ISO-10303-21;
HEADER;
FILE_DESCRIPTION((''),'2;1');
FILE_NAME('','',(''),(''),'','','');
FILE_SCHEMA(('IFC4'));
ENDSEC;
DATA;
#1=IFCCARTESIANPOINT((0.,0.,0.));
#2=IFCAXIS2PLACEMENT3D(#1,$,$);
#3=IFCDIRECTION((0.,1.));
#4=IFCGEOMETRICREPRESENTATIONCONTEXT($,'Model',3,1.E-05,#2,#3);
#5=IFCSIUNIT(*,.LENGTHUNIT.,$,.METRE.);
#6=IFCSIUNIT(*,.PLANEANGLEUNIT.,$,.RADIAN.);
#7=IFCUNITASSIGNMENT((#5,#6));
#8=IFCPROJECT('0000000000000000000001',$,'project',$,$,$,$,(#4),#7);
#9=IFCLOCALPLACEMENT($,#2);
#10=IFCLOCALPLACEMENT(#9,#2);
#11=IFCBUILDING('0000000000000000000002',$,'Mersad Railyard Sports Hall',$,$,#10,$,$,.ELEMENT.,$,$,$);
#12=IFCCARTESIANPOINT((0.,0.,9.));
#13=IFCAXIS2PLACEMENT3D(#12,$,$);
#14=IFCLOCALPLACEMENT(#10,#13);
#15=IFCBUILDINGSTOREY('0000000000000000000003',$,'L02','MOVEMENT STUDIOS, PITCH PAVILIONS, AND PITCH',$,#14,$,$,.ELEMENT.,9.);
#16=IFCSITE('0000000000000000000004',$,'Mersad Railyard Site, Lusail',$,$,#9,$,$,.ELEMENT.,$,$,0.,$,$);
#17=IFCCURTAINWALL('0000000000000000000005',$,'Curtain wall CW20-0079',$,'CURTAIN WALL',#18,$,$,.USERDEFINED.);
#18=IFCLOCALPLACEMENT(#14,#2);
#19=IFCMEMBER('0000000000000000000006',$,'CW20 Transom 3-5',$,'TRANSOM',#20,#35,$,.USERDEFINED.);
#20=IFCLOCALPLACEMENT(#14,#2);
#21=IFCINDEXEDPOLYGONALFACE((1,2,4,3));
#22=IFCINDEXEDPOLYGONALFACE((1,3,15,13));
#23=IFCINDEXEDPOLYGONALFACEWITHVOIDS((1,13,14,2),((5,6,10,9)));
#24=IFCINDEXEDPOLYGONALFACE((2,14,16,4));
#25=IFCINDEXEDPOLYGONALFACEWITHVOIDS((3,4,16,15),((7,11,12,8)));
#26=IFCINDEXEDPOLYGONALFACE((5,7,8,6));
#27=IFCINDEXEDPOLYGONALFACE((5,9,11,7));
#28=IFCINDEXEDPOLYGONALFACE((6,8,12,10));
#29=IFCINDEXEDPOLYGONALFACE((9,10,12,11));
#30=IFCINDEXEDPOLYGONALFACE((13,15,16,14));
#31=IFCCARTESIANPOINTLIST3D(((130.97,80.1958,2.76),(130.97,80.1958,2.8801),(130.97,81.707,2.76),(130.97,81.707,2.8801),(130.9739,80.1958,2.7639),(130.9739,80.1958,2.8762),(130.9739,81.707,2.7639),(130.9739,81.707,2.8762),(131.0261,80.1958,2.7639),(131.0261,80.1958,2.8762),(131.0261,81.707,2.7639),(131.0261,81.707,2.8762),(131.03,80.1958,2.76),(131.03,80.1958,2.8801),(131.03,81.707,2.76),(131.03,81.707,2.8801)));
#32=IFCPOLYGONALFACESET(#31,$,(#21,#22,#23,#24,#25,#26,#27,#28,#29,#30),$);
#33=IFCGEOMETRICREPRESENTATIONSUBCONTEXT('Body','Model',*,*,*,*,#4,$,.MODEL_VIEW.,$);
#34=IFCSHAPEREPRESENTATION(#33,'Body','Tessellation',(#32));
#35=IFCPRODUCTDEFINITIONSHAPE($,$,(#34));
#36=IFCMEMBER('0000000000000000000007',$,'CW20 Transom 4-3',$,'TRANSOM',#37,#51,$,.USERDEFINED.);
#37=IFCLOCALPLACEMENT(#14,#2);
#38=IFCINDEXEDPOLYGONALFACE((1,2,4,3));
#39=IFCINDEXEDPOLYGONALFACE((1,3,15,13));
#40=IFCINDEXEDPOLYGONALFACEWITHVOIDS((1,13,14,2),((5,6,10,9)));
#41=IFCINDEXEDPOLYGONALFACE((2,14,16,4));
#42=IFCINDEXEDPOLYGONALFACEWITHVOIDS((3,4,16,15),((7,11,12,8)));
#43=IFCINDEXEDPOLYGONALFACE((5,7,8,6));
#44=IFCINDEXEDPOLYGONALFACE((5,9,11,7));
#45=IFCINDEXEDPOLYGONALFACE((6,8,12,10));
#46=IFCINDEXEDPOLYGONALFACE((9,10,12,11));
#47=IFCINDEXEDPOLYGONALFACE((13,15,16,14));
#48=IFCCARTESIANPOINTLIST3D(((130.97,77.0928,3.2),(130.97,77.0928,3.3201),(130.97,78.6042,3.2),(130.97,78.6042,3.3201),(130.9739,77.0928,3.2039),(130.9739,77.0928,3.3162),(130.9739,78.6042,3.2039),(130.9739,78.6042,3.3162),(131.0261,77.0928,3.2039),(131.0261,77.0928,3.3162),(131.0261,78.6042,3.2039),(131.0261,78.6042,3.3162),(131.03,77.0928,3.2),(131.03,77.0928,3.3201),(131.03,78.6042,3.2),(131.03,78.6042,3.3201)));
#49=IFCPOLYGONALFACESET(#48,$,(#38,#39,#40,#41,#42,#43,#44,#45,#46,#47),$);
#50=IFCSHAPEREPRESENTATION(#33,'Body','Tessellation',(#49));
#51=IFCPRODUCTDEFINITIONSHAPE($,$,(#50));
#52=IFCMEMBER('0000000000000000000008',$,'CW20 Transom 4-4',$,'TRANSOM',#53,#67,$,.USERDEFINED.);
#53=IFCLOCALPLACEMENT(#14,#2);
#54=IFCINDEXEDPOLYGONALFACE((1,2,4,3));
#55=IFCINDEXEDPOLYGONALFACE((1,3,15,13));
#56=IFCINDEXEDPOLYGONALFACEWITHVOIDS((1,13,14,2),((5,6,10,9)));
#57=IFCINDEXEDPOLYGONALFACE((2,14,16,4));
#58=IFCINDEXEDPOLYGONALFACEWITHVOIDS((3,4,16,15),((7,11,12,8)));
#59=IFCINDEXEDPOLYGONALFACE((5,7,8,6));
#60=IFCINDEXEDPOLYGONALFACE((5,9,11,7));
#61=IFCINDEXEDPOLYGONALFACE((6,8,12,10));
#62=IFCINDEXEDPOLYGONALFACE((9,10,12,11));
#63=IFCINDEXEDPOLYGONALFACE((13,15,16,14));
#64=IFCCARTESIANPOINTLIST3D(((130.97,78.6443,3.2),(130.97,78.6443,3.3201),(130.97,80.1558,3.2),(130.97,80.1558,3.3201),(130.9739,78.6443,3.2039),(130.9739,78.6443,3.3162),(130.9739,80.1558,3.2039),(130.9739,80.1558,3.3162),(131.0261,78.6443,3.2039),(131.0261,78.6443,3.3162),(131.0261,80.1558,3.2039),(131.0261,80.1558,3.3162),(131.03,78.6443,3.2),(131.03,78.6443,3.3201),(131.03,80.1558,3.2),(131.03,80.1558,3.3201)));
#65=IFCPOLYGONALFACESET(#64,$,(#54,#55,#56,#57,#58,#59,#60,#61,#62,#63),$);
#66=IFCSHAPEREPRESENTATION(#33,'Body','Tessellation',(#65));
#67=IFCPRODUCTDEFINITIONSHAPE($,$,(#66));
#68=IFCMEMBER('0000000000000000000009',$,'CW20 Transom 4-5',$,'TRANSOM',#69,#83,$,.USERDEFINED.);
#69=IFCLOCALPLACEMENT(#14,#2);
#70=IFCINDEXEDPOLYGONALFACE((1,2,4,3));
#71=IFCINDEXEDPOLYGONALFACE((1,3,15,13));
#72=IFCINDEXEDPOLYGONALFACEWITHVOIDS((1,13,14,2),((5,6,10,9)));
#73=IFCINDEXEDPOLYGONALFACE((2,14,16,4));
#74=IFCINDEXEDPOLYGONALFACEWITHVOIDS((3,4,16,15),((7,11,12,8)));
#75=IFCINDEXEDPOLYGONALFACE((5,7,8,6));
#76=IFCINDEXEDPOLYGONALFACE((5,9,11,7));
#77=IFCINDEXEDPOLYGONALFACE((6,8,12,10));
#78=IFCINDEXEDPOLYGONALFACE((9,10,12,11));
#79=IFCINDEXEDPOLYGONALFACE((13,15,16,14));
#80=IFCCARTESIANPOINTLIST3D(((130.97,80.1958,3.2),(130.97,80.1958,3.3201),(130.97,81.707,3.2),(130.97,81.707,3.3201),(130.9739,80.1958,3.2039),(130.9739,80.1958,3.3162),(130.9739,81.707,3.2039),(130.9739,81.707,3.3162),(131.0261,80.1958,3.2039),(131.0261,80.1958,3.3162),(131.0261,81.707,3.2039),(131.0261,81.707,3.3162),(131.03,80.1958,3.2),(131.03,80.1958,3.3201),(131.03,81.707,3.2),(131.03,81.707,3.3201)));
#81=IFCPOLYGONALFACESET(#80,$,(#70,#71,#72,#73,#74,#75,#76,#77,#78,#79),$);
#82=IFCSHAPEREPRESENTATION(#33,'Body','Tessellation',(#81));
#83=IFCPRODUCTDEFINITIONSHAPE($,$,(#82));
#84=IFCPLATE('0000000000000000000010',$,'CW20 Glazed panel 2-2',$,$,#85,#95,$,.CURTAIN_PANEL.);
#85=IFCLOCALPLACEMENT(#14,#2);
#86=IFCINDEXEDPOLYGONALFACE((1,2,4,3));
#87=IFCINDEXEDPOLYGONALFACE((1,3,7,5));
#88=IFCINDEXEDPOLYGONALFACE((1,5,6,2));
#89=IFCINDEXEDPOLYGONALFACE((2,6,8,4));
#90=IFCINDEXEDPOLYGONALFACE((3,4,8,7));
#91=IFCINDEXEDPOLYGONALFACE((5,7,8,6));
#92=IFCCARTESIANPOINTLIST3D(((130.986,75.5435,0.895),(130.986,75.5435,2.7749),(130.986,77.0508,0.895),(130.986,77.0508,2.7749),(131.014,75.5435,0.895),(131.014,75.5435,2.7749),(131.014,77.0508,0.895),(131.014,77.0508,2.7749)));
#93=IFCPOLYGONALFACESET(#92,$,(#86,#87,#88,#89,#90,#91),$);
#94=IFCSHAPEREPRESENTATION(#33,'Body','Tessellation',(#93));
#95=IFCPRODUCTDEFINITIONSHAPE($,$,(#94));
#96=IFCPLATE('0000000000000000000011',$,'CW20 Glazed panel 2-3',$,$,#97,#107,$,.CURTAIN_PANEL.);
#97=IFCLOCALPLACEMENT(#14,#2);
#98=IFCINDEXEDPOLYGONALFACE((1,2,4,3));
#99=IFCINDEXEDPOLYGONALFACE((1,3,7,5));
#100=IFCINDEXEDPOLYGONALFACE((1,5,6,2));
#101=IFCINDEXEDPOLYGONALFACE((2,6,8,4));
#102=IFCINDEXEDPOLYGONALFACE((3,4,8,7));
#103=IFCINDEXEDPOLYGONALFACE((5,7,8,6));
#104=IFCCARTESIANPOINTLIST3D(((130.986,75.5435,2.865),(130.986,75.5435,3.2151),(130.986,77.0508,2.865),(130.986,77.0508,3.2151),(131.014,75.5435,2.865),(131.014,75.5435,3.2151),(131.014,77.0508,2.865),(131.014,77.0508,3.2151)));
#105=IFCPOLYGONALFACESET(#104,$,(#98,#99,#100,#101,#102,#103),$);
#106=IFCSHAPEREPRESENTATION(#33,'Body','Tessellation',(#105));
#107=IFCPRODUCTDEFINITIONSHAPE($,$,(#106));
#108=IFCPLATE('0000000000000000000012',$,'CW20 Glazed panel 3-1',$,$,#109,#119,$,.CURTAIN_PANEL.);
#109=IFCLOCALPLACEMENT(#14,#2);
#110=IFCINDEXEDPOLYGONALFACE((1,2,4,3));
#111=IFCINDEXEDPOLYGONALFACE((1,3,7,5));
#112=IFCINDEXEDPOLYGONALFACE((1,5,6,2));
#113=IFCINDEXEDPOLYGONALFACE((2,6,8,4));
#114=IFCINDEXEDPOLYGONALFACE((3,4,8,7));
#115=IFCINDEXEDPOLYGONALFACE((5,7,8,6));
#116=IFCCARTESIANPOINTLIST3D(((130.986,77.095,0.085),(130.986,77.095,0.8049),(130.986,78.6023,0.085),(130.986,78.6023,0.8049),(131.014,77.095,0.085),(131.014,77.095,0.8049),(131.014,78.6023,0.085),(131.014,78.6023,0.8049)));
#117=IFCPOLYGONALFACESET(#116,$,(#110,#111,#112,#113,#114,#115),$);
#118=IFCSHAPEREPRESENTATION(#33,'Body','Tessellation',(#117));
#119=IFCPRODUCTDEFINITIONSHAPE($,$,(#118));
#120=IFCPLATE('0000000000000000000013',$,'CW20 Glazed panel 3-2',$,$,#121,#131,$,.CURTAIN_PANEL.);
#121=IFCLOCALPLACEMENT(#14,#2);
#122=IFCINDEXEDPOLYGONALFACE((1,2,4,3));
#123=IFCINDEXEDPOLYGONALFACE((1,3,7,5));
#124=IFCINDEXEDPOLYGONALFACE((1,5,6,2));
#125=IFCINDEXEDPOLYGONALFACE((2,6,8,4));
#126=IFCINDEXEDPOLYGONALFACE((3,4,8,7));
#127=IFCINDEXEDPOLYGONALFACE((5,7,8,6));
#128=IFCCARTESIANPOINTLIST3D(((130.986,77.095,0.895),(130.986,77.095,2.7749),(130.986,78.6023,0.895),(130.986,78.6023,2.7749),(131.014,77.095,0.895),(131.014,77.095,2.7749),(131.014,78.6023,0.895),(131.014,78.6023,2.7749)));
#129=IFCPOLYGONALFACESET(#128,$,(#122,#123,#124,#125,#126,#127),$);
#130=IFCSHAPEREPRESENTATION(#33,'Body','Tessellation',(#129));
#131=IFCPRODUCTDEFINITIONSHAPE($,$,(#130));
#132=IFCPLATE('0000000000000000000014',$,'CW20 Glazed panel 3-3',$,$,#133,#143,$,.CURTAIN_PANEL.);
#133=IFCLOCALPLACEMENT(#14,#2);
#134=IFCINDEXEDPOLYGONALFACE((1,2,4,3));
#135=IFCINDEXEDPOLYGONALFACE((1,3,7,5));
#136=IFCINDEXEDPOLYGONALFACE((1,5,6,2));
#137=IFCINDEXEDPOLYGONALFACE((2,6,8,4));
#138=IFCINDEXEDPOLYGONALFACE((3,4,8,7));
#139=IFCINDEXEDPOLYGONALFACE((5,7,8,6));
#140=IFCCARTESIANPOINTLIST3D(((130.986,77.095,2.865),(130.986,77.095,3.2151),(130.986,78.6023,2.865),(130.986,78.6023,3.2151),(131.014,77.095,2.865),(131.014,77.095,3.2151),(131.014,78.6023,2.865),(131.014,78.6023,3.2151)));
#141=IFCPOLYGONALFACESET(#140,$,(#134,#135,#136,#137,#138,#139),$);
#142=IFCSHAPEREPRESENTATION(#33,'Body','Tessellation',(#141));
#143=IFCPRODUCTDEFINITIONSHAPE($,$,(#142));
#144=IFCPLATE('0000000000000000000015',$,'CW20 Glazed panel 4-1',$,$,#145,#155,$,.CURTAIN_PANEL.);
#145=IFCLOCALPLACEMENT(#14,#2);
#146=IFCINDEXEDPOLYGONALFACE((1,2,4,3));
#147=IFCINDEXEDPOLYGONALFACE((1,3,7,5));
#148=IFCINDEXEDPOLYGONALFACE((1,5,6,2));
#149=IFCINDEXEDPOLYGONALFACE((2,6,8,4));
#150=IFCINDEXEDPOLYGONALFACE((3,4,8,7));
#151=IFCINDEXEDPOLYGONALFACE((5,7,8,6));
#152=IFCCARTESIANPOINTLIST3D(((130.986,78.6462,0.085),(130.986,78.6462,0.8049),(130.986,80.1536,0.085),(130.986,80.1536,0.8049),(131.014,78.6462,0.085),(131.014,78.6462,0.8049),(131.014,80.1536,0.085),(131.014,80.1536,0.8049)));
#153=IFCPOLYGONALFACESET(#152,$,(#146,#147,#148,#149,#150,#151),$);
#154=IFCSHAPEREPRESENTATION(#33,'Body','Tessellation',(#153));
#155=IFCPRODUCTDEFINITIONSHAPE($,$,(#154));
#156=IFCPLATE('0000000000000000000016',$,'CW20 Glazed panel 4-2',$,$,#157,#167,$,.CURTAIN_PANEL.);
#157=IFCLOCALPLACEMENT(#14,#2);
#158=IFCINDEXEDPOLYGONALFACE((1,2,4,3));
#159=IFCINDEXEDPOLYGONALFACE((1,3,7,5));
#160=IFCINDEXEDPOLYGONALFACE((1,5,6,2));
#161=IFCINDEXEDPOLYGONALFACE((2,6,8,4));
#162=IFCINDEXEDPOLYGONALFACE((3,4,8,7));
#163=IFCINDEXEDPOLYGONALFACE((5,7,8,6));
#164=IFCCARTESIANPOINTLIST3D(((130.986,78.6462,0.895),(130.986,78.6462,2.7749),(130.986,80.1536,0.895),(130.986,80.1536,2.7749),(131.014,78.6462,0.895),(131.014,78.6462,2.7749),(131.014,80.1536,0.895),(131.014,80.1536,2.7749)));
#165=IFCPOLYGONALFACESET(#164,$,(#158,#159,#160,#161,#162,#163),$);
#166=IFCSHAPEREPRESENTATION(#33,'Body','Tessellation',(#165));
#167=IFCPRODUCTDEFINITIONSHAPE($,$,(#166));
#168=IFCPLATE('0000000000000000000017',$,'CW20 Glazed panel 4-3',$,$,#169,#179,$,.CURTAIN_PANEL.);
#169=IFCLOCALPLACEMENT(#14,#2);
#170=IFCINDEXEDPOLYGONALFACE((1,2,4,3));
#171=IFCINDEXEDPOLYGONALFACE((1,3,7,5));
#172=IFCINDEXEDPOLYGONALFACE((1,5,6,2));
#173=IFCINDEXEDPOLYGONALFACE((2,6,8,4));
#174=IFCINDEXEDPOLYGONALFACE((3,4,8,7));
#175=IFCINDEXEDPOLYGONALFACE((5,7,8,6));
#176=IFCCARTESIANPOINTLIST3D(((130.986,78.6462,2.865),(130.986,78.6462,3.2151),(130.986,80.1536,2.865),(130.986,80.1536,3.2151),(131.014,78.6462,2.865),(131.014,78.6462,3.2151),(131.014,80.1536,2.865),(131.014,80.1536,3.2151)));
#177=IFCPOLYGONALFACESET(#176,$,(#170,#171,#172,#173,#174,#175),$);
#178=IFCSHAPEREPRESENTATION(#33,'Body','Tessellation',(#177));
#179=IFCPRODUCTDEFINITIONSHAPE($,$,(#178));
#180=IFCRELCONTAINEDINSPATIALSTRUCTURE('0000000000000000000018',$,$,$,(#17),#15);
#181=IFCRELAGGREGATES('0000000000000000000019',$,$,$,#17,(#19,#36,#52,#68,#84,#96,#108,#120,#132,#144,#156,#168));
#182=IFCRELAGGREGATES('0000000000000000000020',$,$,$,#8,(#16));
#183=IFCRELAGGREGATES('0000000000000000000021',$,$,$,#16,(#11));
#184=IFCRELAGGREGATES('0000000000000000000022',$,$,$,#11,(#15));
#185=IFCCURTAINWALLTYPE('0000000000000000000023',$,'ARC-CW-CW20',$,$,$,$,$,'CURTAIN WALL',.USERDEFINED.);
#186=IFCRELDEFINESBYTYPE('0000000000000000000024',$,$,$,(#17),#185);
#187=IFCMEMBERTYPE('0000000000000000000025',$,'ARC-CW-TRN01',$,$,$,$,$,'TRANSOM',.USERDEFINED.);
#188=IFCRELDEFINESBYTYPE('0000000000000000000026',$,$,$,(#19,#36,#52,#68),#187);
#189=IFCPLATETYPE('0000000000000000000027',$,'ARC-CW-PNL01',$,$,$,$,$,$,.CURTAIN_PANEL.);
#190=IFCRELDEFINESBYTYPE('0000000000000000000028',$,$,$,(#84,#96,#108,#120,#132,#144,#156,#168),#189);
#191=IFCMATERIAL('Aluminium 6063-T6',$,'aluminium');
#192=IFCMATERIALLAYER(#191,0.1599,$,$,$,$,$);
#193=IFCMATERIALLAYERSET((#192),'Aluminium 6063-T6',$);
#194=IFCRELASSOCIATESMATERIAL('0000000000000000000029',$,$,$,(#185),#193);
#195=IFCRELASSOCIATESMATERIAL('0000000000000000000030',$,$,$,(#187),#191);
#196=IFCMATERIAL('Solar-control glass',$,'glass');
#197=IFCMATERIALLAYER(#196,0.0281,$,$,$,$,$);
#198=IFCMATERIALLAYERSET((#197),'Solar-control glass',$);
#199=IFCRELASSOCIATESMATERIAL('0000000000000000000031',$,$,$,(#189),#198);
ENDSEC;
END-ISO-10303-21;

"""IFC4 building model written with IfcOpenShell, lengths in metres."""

from ifc_helpers import new_model, si_unit, direction, frame, origin, origin_2d, place, context, subcontext, project, spatial, rectangle, hollow_rectangle, extrude, material, layer, layer_set, material_profile, profile_set, type_object, element, aggregate, save


model = new_model("IFC4")

# Units and contexts
model_context = context("Model", 3, precision=1e-05, world=origin(), true_north=direction((0.0, 1.0)))
body_context = subcontext(model_context, "Body", "Model", "MODEL_VIEW")
ifc_project = project(units=[si_unit("LENGTHUNIT", "METRE"), si_unit("PLANEANGLEUNIT", "RADIAN")], contexts=[model_context])

# Site, building, storey
site_placement = place(None, origin())
site = spatial("IfcSite", under=ifc_project, at=site_placement, Name="Mersad Railyard Site, Lusail", CompositionType="ELEMENT", RefElevation=0.0)
building_placement = place(site_placement, origin())
building = spatial("IfcBuilding", under=site, at=building_placement, Name="Mersad Railyard Sports Hall", CompositionType="ELEMENT")
storey_placement = place(building_placement, frame((0.0, 0.0, 9.0)))
storey = spatial("IfcBuildingStorey", under=building, at=storey_placement, Name="L02", Description="MOVEMENT STUDIOS, PITCH PAVILIONS, AND PITCH", CompositionType="ELEMENT", Elevation=9.0)

# Curtain wall, members, plates
ifc_material_1 = material(Name="Aluminium 6063-T6", Category="aluminium")
ifc_layer_1 = layer(ifc_material_1, 0.1599)
ifc_layer_set_1 = layer_set([ifc_layer_1], Name="Aluminium 6063-T6")
curtain_wall_type = type_object("IfcCurtainWallType", Name="ARC-CW-CW20", ElementType="CURTAIN WALL", PredefinedType="USERDEFINED", material=ifc_layer_set_1)
curtain_wall_placement = place(storey_placement, origin())
curtain_wall = element("IfcCurtainWall", 1, at=curtain_wall_placement, inside=storey, type_object=curtain_wall_type, Name="Curtain wall CW20-0079", ObjectType="CURTAIN WALL", PredefinedType="USERDEFINED")
ifc_material_profile_1 = material_profile(ifc_material_1, hollow_rectangle(XDim=0.0601, YDim=0.1201, WallThickness=0.0039, at=origin_2d()), Name="AL TRANSOM 60x120x4")
ifc_profile_set_1 = profile_set([ifc_material_profile_1], Name="Aluminium 6063-T6")
member_type_1 = type_object("IfcMemberType", Name="ARC-CW-TRN01", ElementType="TRANSOM", PredefinedType="USERDEFINED", material=ifc_profile_set_1)
member_1_placement = place(storey_placement, frame((131.0, 80.1958, 2.8201), z_axis=(0.0, 1.0, 0.0), x_axis=(-1.0, 0.0, 0.0)))
member_1 = element("IfcMember", 2, at=member_1_placement, type_object=member_type_1, Name="CW20 Transom 3-5", ObjectType="TRANSOM", PredefinedType="USERDEFINED", context=body_context, shape_type="SweptSolid", body=[
    extrude(hollow_rectangle(XDim=0.0601, YDim=0.1201, WallThickness=0.0039, at=origin_2d()), origin(), (0.0, 0.0, 1.0), 1.5112),
])
member_2_placement = place(storey_placement, frame((131.0, 77.0928, 3.26), z_axis=(0.0, 1.0, 0.0), x_axis=(-1.0, 0.0, 0.0)))
member_2 = element("IfcMember", 3, at=member_2_placement, type_object=member_type_1, Name="CW20 Transom 4-3", ObjectType="TRANSOM", PredefinedType="USERDEFINED", context=body_context, shape_type="SweptSolid", body=[
    extrude(hollow_rectangle(XDim=0.0601, YDim=0.1201, WallThickness=0.0039, at=origin_2d()), origin(), (0.0, 0.0, 1.0), 1.5115),
])
member_3_placement = place(storey_placement, frame((131.0, 78.6443, 3.26), z_axis=(0.0, 1.0, 0.0), x_axis=(-1.0, 0.0, 0.0)))
member_3 = element("IfcMember", 4, at=member_3_placement, type_object=member_type_1, Name="CW20 Transom 4-4", ObjectType="TRANSOM", PredefinedType="USERDEFINED", context=body_context, shape_type="SweptSolid", body=[
    extrude(hollow_rectangle(XDim=0.0601, YDim=0.1201, WallThickness=0.0039, at=origin_2d()), origin(), (0.0, 0.0, 1.0), 1.5115),
])
member_4_placement = place(storey_placement, frame((131.0, 80.1958, 3.26), z_axis=(0.0, 1.0, 0.0), x_axis=(-1.0, 0.0, 0.0)))
member_4 = element("IfcMember", 5, at=member_4_placement, type_object=member_type_1, Name="CW20 Transom 4-5", ObjectType="TRANSOM", PredefinedType="USERDEFINED", context=body_context, shape_type="SweptSolid", body=[
    extrude(hollow_rectangle(XDim=0.0601, YDim=0.1201, WallThickness=0.0039, at=origin_2d()), origin(), (0.0, 0.0, 1.0), 1.5112),
])
ifc_material_2 = material(Name="Solar-control glass", Category="glass")
ifc_layer_2 = layer(ifc_material_2, 0.0281)
ifc_layer_set_2 = layer_set([ifc_layer_2], Name="Solar-control glass")
plate_type = type_object("IfcPlateType", Name="ARC-CW-PNL01", PredefinedType="CURTAIN_PANEL", material=ifc_layer_set_2)
plate_1_placement = place(storey_placement, frame((131.0, 76.2971, 0.895), z_axis=(0.0, 0.0, 1.0), x_axis=(0.0, 1.0, 0.0)))
plate_1 = element("IfcPlate", 6, at=plate_1_placement, type_object=plate_type, Name="CW20 Glazed panel 2-2", PredefinedType="CURTAIN_PANEL", context=body_context, shape_type="SweptSolid", body=[
    extrude(rectangle(XDim=1.5073, YDim=0.0281, at=origin_2d()), origin(), (0.0, 0.0, 1.0), 1.8799),
])
plate_2_placement = place(storey_placement, frame((131.0, 76.2971, 2.865), z_axis=(0.0, 0.0, 1.0), x_axis=(0.0, 1.0, 0.0)))
plate_2 = element("IfcPlate", 7, at=plate_2_placement, type_object=plate_type, Name="CW20 Glazed panel 2-3", PredefinedType="CURTAIN_PANEL", context=body_context, shape_type="SweptSolid", body=[
    extrude(rectangle(XDim=1.5073, YDim=0.0281, at=origin_2d()), origin(), (0.0, 0.0, 1.0), 0.3501),
])
plate_3_placement = place(storey_placement, frame((131.0, 77.8486, 0.085), z_axis=(0.0, 0.0, 1.0), x_axis=(0.0, 1.0, 0.0)))
plate_3 = element("IfcPlate", 8, at=plate_3_placement, type_object=plate_type, Name="CW20 Glazed panel 3-1", PredefinedType="CURTAIN_PANEL", context=body_context, shape_type="SweptSolid", body=[
    extrude(rectangle(XDim=1.5073, YDim=0.0281, at=origin_2d()), origin(), (0.0, 0.0, 1.0), 0.72),
])
plate_4_placement = place(storey_placement, frame((131.0, 77.8486, 0.895), z_axis=(0.0, 0.0, 1.0), x_axis=(0.0, 1.0, 0.0)))
plate_4 = element("IfcPlate", 9, at=plate_4_placement, type_object=plate_type, Name="CW20 Glazed panel 3-2", PredefinedType="CURTAIN_PANEL", context=body_context, shape_type="SweptSolid", body=[
    extrude(rectangle(XDim=1.5073, YDim=0.0281, at=origin_2d()), origin(), (0.0, 0.0, 1.0), 1.8799),
])
plate_5_placement = place(storey_placement, frame((131.0, 77.8486, 2.865), z_axis=(0.0, 0.0, 1.0), x_axis=(0.0, 1.0, 0.0)))
plate_5 = element("IfcPlate", 10, at=plate_5_placement, type_object=plate_type, Name="CW20 Glazed panel 3-3", PredefinedType="CURTAIN_PANEL", context=body_context, shape_type="SweptSolid", body=[
    extrude(rectangle(XDim=1.5073, YDim=0.0281, at=origin_2d()), origin(), (0.0, 0.0, 1.0), 0.3501),
])
plate_6_placement = place(storey_placement, frame((131.0, 79.3999, 0.085), z_axis=(0.0, 0.0, 1.0), x_axis=(0.0, 1.0, 0.0)))
plate_6 = element("IfcPlate", 11, at=plate_6_placement, type_object=plate_type, Name="CW20 Glazed panel 4-1", PredefinedType="CURTAIN_PANEL", context=body_context, shape_type="SweptSolid", body=[
    extrude(rectangle(XDim=1.5073, YDim=0.0281, at=origin_2d()), origin(), (0.0, 0.0, 1.0), 0.72),
])
plate_7_placement = place(storey_placement, frame((131.0, 79.3999, 0.895), z_axis=(0.0, 0.0, 1.0), x_axis=(0.0, 1.0, 0.0)))
plate_7 = element("IfcPlate", 12, at=plate_7_placement, type_object=plate_type, Name="CW20 Glazed panel 4-2", PredefinedType="CURTAIN_PANEL", context=body_context, shape_type="SweptSolid", body=[
    extrude(rectangle(XDim=1.5073, YDim=0.0281, at=origin_2d()), origin(), (0.0, 0.0, 1.0), 1.8799),
])
plate_8_placement = place(storey_placement, frame((131.0, 79.3999, 2.865), z_axis=(0.0, 0.0, 1.0), x_axis=(0.0, 1.0, 0.0)))
plate_8 = element("IfcPlate", 13, at=plate_8_placement, type_object=plate_type, Name="CW20 Glazed panel 4-3", PredefinedType="CURTAIN_PANEL", context=body_context, shape_type="SweptSolid", body=[
    extrude(rectangle(XDim=1.5073, YDim=0.0281, at=origin_2d()), origin(), (0.0, 0.0, 1.0), 0.3501),
])
aggregate(curtain_wall, [member_1, member_2, member_3, member_4, plate_1, plate_2, plate_3, plate_4, plate_5, plate_6, plate_7, plate_8])

save(model, "model.ifc")
